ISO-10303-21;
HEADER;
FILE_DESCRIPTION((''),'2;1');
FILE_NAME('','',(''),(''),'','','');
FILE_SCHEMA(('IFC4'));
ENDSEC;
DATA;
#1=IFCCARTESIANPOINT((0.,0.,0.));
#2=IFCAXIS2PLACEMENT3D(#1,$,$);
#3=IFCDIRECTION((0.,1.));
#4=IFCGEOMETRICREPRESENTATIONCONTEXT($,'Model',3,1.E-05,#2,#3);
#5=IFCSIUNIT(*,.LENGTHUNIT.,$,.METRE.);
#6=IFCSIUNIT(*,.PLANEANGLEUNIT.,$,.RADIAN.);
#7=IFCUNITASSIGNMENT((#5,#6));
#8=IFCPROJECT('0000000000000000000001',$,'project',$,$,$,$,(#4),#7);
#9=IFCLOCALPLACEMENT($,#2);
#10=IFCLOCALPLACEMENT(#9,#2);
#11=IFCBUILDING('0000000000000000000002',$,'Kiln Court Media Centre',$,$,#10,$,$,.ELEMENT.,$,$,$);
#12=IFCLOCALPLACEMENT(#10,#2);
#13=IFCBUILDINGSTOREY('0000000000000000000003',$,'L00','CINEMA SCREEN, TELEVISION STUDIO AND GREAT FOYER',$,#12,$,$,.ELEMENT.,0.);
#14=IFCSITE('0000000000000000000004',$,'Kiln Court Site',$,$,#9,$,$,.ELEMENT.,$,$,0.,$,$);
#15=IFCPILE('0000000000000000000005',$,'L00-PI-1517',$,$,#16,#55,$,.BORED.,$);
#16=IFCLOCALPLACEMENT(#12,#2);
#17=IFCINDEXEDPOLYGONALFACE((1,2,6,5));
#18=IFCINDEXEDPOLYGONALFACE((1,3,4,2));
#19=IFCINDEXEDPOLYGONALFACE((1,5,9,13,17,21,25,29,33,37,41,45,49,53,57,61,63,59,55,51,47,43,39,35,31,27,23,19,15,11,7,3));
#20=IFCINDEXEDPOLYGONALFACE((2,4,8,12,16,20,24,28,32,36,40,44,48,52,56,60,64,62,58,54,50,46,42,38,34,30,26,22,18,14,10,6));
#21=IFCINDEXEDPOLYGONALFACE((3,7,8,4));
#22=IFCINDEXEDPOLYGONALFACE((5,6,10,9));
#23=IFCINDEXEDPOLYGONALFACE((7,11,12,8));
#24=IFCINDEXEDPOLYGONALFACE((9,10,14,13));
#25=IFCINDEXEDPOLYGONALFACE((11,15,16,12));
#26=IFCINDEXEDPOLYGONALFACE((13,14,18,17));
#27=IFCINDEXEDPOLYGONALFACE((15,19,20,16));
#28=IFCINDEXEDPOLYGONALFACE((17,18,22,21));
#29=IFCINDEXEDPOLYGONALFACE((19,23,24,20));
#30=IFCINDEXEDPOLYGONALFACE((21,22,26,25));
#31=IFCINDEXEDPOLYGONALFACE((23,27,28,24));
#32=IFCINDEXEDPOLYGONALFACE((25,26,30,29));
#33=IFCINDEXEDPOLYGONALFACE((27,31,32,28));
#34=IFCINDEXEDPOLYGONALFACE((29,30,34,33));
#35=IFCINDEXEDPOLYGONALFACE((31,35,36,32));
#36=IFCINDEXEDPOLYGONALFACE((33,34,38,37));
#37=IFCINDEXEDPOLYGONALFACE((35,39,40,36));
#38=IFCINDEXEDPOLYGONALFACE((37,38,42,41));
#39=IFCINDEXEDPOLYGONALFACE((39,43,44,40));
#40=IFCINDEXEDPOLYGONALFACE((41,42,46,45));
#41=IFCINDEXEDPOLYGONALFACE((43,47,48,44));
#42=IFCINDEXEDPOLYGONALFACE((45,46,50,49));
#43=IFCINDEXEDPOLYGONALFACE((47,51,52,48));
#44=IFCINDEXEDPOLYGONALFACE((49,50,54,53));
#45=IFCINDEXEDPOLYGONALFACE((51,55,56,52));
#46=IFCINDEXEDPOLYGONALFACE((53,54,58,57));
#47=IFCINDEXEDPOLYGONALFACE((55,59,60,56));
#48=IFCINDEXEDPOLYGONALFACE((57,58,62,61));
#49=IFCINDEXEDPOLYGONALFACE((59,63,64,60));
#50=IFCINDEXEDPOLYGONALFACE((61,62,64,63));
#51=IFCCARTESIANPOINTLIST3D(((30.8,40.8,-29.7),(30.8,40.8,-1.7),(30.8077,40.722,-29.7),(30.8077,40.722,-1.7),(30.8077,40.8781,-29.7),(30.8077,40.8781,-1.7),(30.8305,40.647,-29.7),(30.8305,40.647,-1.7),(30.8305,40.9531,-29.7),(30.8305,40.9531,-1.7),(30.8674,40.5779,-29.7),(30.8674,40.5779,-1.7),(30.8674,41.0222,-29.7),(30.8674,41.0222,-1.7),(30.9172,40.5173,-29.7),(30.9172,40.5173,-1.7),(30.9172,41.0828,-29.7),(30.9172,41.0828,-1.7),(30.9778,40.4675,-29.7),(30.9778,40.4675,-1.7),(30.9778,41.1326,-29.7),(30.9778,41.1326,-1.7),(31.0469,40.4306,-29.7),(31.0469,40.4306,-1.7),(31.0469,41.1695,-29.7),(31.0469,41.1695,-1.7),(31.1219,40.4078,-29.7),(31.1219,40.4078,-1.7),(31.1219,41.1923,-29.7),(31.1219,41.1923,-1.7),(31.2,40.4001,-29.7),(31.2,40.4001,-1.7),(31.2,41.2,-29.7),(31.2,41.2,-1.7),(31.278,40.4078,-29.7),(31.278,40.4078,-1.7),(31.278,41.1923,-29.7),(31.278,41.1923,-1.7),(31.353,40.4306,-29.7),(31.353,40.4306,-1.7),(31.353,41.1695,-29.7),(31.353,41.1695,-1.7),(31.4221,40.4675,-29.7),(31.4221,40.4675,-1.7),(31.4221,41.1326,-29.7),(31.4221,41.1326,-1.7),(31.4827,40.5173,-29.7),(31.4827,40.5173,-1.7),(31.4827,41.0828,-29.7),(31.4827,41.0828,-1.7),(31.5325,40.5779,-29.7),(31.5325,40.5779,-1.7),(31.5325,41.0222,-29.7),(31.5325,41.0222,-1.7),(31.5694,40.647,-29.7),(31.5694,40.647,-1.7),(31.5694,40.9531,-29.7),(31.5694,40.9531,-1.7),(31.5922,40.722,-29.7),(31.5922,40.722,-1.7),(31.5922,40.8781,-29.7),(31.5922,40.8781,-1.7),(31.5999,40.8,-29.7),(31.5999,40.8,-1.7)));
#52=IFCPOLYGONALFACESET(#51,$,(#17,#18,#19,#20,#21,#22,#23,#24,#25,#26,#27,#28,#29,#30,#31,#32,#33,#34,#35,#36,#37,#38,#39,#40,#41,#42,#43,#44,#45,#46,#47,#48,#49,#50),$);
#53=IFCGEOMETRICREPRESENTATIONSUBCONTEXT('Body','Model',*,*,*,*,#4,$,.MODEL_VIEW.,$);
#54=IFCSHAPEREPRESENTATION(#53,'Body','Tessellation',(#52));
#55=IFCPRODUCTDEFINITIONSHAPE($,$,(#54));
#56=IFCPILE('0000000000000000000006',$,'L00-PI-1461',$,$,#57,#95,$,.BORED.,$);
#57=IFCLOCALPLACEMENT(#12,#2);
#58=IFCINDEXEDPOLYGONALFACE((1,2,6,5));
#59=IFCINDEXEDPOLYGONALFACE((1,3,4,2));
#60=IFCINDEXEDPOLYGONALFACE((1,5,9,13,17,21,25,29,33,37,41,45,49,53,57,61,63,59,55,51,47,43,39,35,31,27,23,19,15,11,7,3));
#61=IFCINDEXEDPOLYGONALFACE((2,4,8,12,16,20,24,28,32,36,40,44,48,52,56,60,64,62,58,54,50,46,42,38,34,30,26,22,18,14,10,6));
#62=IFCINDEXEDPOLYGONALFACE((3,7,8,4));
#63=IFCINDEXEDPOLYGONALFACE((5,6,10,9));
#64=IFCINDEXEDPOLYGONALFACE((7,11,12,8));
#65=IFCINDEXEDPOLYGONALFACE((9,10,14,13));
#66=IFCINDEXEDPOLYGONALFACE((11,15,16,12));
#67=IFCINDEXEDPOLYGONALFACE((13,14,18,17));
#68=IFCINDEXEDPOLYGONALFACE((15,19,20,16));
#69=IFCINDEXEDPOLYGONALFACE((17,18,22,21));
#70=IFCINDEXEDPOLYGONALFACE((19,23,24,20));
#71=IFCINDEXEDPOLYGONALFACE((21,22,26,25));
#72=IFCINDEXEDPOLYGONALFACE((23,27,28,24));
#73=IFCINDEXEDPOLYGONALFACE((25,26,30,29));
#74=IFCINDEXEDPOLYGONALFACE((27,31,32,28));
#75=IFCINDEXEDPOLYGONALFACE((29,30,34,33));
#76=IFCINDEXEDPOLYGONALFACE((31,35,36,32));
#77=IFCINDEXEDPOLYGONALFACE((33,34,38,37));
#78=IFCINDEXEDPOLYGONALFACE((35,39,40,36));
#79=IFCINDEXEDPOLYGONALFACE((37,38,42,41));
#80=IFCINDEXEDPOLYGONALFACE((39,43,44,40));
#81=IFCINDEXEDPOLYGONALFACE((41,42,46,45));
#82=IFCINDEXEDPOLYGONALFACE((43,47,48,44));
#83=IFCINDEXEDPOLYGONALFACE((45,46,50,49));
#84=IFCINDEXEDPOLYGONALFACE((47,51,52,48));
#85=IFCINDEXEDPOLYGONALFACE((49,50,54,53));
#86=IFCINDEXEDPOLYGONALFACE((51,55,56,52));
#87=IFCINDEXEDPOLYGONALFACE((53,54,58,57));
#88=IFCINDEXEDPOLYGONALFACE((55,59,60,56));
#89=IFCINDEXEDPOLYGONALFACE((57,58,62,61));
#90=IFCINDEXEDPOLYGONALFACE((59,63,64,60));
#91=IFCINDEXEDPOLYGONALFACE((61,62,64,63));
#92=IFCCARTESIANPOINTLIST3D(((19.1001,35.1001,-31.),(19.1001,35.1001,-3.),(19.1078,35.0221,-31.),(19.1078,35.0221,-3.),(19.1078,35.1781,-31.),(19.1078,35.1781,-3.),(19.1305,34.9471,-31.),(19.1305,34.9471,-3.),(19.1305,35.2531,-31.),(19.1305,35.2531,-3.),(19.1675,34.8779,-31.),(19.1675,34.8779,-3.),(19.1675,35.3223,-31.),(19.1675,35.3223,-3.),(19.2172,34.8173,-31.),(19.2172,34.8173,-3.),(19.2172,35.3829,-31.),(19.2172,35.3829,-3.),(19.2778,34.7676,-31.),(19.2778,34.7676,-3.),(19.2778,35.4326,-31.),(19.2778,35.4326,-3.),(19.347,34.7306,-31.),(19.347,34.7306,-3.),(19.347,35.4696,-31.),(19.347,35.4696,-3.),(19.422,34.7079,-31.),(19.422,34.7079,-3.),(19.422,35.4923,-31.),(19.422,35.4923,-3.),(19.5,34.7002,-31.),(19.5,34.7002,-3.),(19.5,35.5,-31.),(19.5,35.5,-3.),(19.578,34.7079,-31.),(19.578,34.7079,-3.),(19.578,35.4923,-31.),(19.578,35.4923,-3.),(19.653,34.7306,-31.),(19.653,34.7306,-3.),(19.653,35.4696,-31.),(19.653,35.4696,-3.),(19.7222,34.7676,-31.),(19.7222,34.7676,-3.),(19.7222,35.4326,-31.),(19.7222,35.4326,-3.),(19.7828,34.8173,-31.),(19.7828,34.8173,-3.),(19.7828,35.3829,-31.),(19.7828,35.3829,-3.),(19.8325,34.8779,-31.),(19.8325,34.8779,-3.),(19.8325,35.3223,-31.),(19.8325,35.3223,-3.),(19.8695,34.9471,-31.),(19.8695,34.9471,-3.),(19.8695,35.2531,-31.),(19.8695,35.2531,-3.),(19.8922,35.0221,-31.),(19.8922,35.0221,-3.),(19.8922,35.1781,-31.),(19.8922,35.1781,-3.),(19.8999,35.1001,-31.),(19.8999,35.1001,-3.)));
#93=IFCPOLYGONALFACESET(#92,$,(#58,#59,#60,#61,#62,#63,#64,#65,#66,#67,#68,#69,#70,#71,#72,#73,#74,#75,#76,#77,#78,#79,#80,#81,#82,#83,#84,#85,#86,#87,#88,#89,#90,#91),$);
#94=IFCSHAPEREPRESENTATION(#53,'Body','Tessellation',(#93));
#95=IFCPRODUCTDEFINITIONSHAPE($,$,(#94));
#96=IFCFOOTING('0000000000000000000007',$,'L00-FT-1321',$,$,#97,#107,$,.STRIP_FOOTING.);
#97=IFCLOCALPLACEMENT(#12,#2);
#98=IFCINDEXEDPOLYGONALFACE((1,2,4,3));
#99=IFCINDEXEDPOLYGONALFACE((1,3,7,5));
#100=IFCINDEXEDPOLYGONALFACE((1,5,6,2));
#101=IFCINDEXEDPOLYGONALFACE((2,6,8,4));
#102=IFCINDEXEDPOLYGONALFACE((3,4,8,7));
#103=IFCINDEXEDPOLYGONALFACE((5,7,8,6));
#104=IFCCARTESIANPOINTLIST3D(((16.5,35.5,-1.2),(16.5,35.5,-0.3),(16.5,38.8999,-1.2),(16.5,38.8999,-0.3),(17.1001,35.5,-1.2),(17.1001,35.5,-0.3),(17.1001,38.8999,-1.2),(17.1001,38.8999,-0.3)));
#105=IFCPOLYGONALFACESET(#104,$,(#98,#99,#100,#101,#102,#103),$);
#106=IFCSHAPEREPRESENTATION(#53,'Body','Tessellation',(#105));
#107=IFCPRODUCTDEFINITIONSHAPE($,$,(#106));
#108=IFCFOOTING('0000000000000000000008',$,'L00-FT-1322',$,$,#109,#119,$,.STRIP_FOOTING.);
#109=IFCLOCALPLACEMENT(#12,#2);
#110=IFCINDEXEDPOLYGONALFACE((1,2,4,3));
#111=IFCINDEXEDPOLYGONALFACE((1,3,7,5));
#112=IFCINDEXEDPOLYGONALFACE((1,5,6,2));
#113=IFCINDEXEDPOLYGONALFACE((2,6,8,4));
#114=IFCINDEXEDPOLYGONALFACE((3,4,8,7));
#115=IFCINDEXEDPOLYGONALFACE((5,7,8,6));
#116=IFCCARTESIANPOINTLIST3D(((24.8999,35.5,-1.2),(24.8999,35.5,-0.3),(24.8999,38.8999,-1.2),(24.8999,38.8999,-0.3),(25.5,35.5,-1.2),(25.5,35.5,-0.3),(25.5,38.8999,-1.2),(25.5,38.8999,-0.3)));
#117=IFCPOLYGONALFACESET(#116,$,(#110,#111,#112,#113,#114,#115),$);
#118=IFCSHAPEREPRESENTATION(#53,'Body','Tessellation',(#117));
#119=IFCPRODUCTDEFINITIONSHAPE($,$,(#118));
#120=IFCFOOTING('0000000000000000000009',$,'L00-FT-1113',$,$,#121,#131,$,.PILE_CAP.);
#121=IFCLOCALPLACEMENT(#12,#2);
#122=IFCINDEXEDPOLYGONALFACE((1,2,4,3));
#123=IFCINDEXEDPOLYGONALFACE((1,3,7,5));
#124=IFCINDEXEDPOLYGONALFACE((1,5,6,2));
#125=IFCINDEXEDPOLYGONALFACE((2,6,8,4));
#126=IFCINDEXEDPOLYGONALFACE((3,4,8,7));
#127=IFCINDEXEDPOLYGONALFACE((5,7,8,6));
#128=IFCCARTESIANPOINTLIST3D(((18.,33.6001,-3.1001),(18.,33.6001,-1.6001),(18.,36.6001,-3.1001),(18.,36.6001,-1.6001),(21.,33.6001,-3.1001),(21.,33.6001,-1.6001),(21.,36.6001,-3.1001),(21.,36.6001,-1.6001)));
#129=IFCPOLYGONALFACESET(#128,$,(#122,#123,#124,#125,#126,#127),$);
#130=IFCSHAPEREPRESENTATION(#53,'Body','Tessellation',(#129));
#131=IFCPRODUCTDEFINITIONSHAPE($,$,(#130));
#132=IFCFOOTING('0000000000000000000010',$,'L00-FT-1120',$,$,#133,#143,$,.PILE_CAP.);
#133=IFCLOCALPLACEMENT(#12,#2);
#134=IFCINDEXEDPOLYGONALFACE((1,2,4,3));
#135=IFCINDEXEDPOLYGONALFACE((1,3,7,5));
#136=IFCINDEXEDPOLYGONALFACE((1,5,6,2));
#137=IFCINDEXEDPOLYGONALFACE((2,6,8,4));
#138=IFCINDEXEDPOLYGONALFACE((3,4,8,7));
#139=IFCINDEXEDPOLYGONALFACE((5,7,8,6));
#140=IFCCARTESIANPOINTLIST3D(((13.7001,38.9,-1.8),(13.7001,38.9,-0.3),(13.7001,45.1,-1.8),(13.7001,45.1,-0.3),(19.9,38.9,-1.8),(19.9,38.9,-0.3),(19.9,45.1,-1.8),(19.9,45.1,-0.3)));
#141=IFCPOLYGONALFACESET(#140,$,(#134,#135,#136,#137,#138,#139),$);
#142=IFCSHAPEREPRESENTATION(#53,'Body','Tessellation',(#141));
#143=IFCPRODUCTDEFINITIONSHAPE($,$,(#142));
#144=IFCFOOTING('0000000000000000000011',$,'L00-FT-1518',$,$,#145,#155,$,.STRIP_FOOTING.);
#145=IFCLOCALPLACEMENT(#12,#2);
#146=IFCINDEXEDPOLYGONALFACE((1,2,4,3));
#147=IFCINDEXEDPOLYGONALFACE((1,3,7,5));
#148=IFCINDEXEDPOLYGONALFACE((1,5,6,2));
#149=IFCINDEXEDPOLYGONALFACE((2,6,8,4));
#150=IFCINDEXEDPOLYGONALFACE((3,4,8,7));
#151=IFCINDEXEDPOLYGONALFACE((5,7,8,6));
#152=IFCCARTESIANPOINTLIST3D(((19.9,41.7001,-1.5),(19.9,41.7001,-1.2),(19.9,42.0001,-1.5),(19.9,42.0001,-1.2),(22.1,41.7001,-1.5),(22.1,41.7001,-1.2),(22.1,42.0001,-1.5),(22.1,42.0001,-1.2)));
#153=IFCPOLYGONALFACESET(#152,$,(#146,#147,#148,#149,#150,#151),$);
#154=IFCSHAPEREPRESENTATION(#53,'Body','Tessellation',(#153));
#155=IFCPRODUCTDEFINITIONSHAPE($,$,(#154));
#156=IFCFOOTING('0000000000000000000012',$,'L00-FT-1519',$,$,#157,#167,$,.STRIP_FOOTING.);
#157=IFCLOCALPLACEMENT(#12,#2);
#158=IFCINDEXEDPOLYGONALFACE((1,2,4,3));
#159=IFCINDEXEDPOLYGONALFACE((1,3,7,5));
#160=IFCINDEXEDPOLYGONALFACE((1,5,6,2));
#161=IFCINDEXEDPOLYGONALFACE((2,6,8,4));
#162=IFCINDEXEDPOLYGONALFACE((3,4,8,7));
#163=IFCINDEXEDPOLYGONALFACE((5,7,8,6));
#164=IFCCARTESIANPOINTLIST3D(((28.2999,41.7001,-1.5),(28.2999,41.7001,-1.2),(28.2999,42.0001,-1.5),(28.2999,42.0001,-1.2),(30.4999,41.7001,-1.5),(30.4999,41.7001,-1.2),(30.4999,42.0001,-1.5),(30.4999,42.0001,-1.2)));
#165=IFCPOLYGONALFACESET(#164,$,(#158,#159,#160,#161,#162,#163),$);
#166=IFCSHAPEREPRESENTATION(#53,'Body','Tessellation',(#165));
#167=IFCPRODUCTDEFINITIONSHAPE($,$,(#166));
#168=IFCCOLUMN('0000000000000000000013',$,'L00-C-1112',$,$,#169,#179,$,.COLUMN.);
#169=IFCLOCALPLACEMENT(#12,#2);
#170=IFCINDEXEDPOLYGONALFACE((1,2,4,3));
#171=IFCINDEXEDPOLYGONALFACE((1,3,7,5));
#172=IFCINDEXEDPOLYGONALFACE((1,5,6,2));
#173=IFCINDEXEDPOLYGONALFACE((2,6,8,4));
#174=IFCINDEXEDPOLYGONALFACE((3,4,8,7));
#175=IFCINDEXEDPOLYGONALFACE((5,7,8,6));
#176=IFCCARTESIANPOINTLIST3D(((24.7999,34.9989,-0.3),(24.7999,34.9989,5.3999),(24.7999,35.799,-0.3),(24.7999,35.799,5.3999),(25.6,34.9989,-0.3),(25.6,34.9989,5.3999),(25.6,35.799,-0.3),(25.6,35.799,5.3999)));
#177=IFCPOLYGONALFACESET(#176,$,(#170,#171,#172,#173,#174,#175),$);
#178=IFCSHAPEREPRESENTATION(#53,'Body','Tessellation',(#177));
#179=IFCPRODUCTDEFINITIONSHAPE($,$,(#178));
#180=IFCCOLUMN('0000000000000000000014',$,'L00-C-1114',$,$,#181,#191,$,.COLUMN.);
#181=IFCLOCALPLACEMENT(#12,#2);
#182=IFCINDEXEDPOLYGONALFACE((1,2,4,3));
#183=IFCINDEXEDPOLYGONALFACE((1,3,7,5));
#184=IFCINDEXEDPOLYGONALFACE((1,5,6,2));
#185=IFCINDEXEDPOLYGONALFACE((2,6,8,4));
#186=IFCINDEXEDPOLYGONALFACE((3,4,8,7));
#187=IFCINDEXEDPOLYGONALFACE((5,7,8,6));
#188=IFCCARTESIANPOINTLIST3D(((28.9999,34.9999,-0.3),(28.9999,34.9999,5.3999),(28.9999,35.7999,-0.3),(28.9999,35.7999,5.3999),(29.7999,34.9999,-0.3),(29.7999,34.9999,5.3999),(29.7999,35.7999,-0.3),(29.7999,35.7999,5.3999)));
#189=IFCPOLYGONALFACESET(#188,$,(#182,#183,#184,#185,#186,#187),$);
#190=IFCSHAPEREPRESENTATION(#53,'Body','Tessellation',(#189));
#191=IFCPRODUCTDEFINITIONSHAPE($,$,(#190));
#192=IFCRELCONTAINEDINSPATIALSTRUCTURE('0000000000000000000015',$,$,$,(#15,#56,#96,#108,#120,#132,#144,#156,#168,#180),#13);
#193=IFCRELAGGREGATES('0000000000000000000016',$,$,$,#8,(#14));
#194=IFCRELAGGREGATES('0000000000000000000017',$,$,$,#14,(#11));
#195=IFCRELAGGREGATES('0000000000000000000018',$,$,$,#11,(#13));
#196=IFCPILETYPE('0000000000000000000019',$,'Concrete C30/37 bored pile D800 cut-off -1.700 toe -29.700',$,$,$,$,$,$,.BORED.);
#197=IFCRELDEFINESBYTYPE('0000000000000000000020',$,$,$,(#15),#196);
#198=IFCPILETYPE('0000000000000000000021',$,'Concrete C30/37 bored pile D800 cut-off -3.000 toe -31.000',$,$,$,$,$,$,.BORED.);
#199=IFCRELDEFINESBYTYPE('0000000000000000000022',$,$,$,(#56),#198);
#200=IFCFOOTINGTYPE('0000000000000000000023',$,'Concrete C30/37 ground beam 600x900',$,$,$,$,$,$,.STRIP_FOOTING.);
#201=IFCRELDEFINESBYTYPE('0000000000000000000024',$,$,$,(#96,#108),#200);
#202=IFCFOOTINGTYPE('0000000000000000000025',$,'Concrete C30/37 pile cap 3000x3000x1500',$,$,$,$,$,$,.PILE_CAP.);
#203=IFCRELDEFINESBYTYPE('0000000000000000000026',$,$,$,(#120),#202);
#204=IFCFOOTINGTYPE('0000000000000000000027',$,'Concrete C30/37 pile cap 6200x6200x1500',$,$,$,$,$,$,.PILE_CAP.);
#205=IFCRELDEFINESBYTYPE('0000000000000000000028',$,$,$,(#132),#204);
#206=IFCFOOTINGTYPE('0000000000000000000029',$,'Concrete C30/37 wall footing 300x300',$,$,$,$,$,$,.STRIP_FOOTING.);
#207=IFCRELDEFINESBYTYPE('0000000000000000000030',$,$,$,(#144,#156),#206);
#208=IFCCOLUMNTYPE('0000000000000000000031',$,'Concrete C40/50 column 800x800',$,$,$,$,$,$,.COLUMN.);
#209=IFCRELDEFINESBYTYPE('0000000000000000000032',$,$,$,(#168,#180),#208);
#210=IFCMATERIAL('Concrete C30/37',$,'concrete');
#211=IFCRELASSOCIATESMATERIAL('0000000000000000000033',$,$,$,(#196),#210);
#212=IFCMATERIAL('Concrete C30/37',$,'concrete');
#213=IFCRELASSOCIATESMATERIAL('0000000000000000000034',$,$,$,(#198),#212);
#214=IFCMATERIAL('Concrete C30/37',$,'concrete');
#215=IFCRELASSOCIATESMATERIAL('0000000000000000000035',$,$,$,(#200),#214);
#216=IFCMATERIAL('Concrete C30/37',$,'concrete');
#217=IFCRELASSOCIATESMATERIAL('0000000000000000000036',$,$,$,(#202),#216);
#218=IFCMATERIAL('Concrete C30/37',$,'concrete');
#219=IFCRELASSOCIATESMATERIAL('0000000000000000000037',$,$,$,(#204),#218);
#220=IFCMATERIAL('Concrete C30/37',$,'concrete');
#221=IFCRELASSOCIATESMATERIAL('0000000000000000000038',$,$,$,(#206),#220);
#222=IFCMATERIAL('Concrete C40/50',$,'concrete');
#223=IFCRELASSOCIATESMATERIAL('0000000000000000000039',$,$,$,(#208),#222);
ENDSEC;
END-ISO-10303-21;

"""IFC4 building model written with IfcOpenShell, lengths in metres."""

from ifc_helpers import new_model, si_unit, direction, frame, origin, origin_2d, place, context, subcontext, project, spatial, rectangle, circle, extrude, material, material_profile, profile_set, type_object, element, save


model = new_model("IFC4")

# Units and contexts
model_context = context("Model", 3, precision=1e-05, world=origin(), true_north=direction((0.0, 1.0)))
body_context = subcontext(model_context, "Body", "Model", "MODEL_VIEW")
ifc_project = project(units=[si_unit("LENGTHUNIT", "METRE"), si_unit("PLANEANGLEUNIT", "RADIAN")], contexts=[model_context])

# Site, building, storey
site_placement = place(None, origin())
site = spatial("IfcSite", under=ifc_project, at=site_placement, Name="Kiln Court Site", CompositionType="ELEMENT", RefElevation=0.0)
building_placement = place(site_placement, origin())
building = spatial("IfcBuilding", under=site, at=building_placement, Name="Kiln Court Media Centre", CompositionType="ELEMENT")
storey_placement = place(building_placement, origin())
storey = spatial("IfcBuildingStorey", under=building, at=storey_placement, Name="L00", Description="CINEMA SCREEN, TELEVISION STUDIO AND GREAT FOYER", CompositionType="ELEMENT", Elevation=0.0)

# Piles
ifc_material_1 = material(Name="Concrete C30/37", Category="concrete")
ifc_material_profile_1 = material_profile(ifc_material_1, circle(Radius=0.3999, at=origin_2d()), Name="PILE D800")
ifc_profile_set_1 = profile_set([ifc_material_profile_1], Name="Concrete C30/37")
pile_type_1 = type_object("IfcPileType", Name="Concrete C30/37 bored pile D800 cut-off -1.700 toe -29.700", PredefinedType="BORED", material=ifc_profile_set_1)
for number, where, z_axis, x_axis, name in (
    (1, (31.2, 40.8, -1.7), (0.0, 0.0, -1.0), (1.0, 0.0, 0.0), "L00-PI-1517"),
):
    element("IfcPile", number, at=place(storey_placement, frame(where, z_axis=z_axis, x_axis=x_axis)), inside=storey, type_object=pile_type_1, Name=name, PredefinedType="BORED", context=body_context, shape_type="SweptSolid", body=[
        extrude(circle(Radius=0.3999, at=origin_2d()), origin(), (0.0, 0.0, 1.0), 28.0),
    ])
ifc_material_2 = material(Name="Concrete C30/37", Category="concrete")
ifc_material_profile_2 = material_profile(ifc_material_2, circle(Radius=0.3999, at=origin_2d()), Name="PILE D800")
ifc_profile_set_2 = profile_set([ifc_material_profile_2], Name="Concrete C30/37")
pile_type_2 = type_object("IfcPileType", Name="Concrete C30/37 bored pile D800 cut-off -3.000 toe -31.000", PredefinedType="BORED", material=ifc_profile_set_2)
pile_placement = place(storey_placement, frame((19.5, 35.1001, -3.0), z_axis=(0.0, 0.0, -1.0), x_axis=(1.0, 0.0, 0.0)))
element("IfcPile", 2, at=pile_placement, inside=storey, type_object=pile_type_2, Name="L00-PI-1461", PredefinedType="BORED", context=body_context, shape_type="SweptSolid", body=[
    extrude(circle(Radius=0.3999, at=origin_2d()), origin(), (0.0, 0.0, 1.0), 28.0),
])

# Footings
ifc_material_3 = material(Name="Concrete C30/37", Category="concrete")
footing_type_1 = type_object("IfcFootingType", Name="Concrete C30/37 ground beam 600x900", PredefinedType="STRIP_FOOTING", material=ifc_material_3)
for number, where, z_axis, x_axis, name in (
    (3, (16.8, 37.2, -1.2), (0.0, 0.0, 1.0), (1.0, 0.0, 0.0), "L00-FT-1321"),
    (4, (25.2, 37.2, -1.2), (0.0, 0.0, 1.0), (1.0, 0.0, 0.0), "L00-FT-1322"),
):
    element("IfcFooting", number, at=place(storey_placement, frame(where, z_axis=z_axis, x_axis=x_axis)), inside=storey, type_object=footing_type_1, Name=name, PredefinedType="STRIP_FOOTING", context=body_context, shape_type="SweptSolid", body=[
        extrude(rectangle(XDim=0.6001, YDim=3.3999, at=origin_2d()), origin(), (0.0, 0.0, 1.0), 0.8999),
    ])
ifc_material_4 = material(Name="Concrete C30/37", Category="concrete")
footing_type_2 = type_object("IfcFootingType", Name="Concrete C30/37 pile cap 3000x3000x1500", PredefinedType="PILE_CAP", material=ifc_material_4)
footing_1_placement = place(storey_placement, frame((19.5, 35.1001, -3.1001), z_axis=(0.0, 0.0, 1.0), x_axis=(1.0, 0.0, 0.0)))
element("IfcFooting", 5, at=footing_1_placement, inside=storey, type_object=footing_type_2, Name="L00-FT-1113", PredefinedType="PILE_CAP", context=body_context, shape_type="SweptSolid", body=[
    extrude(rectangle(XDim=3.0, YDim=3.0, at=origin_2d()), origin(), (0.0, 0.0, 1.0), 1.5),
])
ifc_material_5 = material(Name="Concrete C30/37", Category="concrete")
footing_type_3 = type_object("IfcFootingType", Name="Concrete C30/37 pile cap 6200x6200x1500", PredefinedType="PILE_CAP", material=ifc_material_5)
footing_2_placement = place(storey_placement, frame((16.8, 42.0, -1.8), z_axis=(0.0, 0.0, 1.0), x_axis=(1.0, 0.0, 0.0)))
element("IfcFooting", 6, at=footing_2_placement, inside=storey, type_object=footing_type_3, Name="L00-FT-1120", PredefinedType="PILE_CAP", context=body_context, shape_type="SweptSolid", body=[
    extrude(rectangle(XDim=6.2, YDim=6.2, at=origin_2d()), origin(), (0.0, 0.0, 1.0), 1.5),
])
ifc_material_6 = material(Name="Concrete C30/37", Category="concrete")
footing_type_4 = type_object("IfcFootingType", Name="Concrete C30/37 wall footing 300x300", PredefinedType="STRIP_FOOTING", material=ifc_material_6)
for number, where, z_axis, x_axis, name in (
    (7, (21.0, 41.8501, -1.5), (0.0, 0.0, 1.0), (1.0, 0.0, 0.0), "L00-FT-1518"),
    (8, (29.3999, 41.8501, -1.5), (0.0, 0.0, 1.0), (1.0, 0.0, 0.0), "L00-FT-1519"),
):
    element("IfcFooting", number, at=place(storey_placement, frame(where, z_axis=z_axis, x_axis=x_axis)), inside=storey, type_object=footing_type_4, Name=name, PredefinedType="STRIP_FOOTING", context=body_context, shape_type="SweptSolid", body=[
        extrude(rectangle(XDim=2.2, YDim=0.3, at=origin_2d()), origin(), (0.0, 0.0, 1.0), 0.3),
    ])

# Columns
ifc_material_7 = material(Name="Concrete C40/50", Category="concrete")
ifc_material_profile_3 = material_profile(ifc_material_7, rectangle(XDim=0.8, YDim=0.8, at=origin_2d()), Name="RC 800x800")
ifc_profile_set_3 = profile_set([ifc_material_profile_3], Name="Concrete C40/50")
column_type = type_object("IfcColumnType", Name="Concrete C40/50 column 800x800", PredefinedType="COLUMN", material=ifc_profile_set_3)
for number, where, z_axis, x_axis, name in (
    (9, (25.2, 35.3989, -0.3), (0.0, 0.0, 1.0), (1.0, 0.0, 0.0), "L00-C-1112"),
    (10, (29.3999, 35.3999, -0.3), (0.0, 0.0, 1.0), (1.0, 0.0, 0.0), "L00-C-1114"),
):
    element("IfcColumn", number, at=place(storey_placement, frame(where, z_axis=z_axis, x_axis=x_axis)), inside=storey, type_object=column_type, Name=name, PredefinedType="COLUMN", context=body_context, shape_type="SweptSolid", body=[
        extrude(rectangle(XDim=0.8, YDim=0.8, at=origin_2d()), origin(), (0.0, 0.0, 1.0), 5.7),
    ])

save(model, "model.ifc")
